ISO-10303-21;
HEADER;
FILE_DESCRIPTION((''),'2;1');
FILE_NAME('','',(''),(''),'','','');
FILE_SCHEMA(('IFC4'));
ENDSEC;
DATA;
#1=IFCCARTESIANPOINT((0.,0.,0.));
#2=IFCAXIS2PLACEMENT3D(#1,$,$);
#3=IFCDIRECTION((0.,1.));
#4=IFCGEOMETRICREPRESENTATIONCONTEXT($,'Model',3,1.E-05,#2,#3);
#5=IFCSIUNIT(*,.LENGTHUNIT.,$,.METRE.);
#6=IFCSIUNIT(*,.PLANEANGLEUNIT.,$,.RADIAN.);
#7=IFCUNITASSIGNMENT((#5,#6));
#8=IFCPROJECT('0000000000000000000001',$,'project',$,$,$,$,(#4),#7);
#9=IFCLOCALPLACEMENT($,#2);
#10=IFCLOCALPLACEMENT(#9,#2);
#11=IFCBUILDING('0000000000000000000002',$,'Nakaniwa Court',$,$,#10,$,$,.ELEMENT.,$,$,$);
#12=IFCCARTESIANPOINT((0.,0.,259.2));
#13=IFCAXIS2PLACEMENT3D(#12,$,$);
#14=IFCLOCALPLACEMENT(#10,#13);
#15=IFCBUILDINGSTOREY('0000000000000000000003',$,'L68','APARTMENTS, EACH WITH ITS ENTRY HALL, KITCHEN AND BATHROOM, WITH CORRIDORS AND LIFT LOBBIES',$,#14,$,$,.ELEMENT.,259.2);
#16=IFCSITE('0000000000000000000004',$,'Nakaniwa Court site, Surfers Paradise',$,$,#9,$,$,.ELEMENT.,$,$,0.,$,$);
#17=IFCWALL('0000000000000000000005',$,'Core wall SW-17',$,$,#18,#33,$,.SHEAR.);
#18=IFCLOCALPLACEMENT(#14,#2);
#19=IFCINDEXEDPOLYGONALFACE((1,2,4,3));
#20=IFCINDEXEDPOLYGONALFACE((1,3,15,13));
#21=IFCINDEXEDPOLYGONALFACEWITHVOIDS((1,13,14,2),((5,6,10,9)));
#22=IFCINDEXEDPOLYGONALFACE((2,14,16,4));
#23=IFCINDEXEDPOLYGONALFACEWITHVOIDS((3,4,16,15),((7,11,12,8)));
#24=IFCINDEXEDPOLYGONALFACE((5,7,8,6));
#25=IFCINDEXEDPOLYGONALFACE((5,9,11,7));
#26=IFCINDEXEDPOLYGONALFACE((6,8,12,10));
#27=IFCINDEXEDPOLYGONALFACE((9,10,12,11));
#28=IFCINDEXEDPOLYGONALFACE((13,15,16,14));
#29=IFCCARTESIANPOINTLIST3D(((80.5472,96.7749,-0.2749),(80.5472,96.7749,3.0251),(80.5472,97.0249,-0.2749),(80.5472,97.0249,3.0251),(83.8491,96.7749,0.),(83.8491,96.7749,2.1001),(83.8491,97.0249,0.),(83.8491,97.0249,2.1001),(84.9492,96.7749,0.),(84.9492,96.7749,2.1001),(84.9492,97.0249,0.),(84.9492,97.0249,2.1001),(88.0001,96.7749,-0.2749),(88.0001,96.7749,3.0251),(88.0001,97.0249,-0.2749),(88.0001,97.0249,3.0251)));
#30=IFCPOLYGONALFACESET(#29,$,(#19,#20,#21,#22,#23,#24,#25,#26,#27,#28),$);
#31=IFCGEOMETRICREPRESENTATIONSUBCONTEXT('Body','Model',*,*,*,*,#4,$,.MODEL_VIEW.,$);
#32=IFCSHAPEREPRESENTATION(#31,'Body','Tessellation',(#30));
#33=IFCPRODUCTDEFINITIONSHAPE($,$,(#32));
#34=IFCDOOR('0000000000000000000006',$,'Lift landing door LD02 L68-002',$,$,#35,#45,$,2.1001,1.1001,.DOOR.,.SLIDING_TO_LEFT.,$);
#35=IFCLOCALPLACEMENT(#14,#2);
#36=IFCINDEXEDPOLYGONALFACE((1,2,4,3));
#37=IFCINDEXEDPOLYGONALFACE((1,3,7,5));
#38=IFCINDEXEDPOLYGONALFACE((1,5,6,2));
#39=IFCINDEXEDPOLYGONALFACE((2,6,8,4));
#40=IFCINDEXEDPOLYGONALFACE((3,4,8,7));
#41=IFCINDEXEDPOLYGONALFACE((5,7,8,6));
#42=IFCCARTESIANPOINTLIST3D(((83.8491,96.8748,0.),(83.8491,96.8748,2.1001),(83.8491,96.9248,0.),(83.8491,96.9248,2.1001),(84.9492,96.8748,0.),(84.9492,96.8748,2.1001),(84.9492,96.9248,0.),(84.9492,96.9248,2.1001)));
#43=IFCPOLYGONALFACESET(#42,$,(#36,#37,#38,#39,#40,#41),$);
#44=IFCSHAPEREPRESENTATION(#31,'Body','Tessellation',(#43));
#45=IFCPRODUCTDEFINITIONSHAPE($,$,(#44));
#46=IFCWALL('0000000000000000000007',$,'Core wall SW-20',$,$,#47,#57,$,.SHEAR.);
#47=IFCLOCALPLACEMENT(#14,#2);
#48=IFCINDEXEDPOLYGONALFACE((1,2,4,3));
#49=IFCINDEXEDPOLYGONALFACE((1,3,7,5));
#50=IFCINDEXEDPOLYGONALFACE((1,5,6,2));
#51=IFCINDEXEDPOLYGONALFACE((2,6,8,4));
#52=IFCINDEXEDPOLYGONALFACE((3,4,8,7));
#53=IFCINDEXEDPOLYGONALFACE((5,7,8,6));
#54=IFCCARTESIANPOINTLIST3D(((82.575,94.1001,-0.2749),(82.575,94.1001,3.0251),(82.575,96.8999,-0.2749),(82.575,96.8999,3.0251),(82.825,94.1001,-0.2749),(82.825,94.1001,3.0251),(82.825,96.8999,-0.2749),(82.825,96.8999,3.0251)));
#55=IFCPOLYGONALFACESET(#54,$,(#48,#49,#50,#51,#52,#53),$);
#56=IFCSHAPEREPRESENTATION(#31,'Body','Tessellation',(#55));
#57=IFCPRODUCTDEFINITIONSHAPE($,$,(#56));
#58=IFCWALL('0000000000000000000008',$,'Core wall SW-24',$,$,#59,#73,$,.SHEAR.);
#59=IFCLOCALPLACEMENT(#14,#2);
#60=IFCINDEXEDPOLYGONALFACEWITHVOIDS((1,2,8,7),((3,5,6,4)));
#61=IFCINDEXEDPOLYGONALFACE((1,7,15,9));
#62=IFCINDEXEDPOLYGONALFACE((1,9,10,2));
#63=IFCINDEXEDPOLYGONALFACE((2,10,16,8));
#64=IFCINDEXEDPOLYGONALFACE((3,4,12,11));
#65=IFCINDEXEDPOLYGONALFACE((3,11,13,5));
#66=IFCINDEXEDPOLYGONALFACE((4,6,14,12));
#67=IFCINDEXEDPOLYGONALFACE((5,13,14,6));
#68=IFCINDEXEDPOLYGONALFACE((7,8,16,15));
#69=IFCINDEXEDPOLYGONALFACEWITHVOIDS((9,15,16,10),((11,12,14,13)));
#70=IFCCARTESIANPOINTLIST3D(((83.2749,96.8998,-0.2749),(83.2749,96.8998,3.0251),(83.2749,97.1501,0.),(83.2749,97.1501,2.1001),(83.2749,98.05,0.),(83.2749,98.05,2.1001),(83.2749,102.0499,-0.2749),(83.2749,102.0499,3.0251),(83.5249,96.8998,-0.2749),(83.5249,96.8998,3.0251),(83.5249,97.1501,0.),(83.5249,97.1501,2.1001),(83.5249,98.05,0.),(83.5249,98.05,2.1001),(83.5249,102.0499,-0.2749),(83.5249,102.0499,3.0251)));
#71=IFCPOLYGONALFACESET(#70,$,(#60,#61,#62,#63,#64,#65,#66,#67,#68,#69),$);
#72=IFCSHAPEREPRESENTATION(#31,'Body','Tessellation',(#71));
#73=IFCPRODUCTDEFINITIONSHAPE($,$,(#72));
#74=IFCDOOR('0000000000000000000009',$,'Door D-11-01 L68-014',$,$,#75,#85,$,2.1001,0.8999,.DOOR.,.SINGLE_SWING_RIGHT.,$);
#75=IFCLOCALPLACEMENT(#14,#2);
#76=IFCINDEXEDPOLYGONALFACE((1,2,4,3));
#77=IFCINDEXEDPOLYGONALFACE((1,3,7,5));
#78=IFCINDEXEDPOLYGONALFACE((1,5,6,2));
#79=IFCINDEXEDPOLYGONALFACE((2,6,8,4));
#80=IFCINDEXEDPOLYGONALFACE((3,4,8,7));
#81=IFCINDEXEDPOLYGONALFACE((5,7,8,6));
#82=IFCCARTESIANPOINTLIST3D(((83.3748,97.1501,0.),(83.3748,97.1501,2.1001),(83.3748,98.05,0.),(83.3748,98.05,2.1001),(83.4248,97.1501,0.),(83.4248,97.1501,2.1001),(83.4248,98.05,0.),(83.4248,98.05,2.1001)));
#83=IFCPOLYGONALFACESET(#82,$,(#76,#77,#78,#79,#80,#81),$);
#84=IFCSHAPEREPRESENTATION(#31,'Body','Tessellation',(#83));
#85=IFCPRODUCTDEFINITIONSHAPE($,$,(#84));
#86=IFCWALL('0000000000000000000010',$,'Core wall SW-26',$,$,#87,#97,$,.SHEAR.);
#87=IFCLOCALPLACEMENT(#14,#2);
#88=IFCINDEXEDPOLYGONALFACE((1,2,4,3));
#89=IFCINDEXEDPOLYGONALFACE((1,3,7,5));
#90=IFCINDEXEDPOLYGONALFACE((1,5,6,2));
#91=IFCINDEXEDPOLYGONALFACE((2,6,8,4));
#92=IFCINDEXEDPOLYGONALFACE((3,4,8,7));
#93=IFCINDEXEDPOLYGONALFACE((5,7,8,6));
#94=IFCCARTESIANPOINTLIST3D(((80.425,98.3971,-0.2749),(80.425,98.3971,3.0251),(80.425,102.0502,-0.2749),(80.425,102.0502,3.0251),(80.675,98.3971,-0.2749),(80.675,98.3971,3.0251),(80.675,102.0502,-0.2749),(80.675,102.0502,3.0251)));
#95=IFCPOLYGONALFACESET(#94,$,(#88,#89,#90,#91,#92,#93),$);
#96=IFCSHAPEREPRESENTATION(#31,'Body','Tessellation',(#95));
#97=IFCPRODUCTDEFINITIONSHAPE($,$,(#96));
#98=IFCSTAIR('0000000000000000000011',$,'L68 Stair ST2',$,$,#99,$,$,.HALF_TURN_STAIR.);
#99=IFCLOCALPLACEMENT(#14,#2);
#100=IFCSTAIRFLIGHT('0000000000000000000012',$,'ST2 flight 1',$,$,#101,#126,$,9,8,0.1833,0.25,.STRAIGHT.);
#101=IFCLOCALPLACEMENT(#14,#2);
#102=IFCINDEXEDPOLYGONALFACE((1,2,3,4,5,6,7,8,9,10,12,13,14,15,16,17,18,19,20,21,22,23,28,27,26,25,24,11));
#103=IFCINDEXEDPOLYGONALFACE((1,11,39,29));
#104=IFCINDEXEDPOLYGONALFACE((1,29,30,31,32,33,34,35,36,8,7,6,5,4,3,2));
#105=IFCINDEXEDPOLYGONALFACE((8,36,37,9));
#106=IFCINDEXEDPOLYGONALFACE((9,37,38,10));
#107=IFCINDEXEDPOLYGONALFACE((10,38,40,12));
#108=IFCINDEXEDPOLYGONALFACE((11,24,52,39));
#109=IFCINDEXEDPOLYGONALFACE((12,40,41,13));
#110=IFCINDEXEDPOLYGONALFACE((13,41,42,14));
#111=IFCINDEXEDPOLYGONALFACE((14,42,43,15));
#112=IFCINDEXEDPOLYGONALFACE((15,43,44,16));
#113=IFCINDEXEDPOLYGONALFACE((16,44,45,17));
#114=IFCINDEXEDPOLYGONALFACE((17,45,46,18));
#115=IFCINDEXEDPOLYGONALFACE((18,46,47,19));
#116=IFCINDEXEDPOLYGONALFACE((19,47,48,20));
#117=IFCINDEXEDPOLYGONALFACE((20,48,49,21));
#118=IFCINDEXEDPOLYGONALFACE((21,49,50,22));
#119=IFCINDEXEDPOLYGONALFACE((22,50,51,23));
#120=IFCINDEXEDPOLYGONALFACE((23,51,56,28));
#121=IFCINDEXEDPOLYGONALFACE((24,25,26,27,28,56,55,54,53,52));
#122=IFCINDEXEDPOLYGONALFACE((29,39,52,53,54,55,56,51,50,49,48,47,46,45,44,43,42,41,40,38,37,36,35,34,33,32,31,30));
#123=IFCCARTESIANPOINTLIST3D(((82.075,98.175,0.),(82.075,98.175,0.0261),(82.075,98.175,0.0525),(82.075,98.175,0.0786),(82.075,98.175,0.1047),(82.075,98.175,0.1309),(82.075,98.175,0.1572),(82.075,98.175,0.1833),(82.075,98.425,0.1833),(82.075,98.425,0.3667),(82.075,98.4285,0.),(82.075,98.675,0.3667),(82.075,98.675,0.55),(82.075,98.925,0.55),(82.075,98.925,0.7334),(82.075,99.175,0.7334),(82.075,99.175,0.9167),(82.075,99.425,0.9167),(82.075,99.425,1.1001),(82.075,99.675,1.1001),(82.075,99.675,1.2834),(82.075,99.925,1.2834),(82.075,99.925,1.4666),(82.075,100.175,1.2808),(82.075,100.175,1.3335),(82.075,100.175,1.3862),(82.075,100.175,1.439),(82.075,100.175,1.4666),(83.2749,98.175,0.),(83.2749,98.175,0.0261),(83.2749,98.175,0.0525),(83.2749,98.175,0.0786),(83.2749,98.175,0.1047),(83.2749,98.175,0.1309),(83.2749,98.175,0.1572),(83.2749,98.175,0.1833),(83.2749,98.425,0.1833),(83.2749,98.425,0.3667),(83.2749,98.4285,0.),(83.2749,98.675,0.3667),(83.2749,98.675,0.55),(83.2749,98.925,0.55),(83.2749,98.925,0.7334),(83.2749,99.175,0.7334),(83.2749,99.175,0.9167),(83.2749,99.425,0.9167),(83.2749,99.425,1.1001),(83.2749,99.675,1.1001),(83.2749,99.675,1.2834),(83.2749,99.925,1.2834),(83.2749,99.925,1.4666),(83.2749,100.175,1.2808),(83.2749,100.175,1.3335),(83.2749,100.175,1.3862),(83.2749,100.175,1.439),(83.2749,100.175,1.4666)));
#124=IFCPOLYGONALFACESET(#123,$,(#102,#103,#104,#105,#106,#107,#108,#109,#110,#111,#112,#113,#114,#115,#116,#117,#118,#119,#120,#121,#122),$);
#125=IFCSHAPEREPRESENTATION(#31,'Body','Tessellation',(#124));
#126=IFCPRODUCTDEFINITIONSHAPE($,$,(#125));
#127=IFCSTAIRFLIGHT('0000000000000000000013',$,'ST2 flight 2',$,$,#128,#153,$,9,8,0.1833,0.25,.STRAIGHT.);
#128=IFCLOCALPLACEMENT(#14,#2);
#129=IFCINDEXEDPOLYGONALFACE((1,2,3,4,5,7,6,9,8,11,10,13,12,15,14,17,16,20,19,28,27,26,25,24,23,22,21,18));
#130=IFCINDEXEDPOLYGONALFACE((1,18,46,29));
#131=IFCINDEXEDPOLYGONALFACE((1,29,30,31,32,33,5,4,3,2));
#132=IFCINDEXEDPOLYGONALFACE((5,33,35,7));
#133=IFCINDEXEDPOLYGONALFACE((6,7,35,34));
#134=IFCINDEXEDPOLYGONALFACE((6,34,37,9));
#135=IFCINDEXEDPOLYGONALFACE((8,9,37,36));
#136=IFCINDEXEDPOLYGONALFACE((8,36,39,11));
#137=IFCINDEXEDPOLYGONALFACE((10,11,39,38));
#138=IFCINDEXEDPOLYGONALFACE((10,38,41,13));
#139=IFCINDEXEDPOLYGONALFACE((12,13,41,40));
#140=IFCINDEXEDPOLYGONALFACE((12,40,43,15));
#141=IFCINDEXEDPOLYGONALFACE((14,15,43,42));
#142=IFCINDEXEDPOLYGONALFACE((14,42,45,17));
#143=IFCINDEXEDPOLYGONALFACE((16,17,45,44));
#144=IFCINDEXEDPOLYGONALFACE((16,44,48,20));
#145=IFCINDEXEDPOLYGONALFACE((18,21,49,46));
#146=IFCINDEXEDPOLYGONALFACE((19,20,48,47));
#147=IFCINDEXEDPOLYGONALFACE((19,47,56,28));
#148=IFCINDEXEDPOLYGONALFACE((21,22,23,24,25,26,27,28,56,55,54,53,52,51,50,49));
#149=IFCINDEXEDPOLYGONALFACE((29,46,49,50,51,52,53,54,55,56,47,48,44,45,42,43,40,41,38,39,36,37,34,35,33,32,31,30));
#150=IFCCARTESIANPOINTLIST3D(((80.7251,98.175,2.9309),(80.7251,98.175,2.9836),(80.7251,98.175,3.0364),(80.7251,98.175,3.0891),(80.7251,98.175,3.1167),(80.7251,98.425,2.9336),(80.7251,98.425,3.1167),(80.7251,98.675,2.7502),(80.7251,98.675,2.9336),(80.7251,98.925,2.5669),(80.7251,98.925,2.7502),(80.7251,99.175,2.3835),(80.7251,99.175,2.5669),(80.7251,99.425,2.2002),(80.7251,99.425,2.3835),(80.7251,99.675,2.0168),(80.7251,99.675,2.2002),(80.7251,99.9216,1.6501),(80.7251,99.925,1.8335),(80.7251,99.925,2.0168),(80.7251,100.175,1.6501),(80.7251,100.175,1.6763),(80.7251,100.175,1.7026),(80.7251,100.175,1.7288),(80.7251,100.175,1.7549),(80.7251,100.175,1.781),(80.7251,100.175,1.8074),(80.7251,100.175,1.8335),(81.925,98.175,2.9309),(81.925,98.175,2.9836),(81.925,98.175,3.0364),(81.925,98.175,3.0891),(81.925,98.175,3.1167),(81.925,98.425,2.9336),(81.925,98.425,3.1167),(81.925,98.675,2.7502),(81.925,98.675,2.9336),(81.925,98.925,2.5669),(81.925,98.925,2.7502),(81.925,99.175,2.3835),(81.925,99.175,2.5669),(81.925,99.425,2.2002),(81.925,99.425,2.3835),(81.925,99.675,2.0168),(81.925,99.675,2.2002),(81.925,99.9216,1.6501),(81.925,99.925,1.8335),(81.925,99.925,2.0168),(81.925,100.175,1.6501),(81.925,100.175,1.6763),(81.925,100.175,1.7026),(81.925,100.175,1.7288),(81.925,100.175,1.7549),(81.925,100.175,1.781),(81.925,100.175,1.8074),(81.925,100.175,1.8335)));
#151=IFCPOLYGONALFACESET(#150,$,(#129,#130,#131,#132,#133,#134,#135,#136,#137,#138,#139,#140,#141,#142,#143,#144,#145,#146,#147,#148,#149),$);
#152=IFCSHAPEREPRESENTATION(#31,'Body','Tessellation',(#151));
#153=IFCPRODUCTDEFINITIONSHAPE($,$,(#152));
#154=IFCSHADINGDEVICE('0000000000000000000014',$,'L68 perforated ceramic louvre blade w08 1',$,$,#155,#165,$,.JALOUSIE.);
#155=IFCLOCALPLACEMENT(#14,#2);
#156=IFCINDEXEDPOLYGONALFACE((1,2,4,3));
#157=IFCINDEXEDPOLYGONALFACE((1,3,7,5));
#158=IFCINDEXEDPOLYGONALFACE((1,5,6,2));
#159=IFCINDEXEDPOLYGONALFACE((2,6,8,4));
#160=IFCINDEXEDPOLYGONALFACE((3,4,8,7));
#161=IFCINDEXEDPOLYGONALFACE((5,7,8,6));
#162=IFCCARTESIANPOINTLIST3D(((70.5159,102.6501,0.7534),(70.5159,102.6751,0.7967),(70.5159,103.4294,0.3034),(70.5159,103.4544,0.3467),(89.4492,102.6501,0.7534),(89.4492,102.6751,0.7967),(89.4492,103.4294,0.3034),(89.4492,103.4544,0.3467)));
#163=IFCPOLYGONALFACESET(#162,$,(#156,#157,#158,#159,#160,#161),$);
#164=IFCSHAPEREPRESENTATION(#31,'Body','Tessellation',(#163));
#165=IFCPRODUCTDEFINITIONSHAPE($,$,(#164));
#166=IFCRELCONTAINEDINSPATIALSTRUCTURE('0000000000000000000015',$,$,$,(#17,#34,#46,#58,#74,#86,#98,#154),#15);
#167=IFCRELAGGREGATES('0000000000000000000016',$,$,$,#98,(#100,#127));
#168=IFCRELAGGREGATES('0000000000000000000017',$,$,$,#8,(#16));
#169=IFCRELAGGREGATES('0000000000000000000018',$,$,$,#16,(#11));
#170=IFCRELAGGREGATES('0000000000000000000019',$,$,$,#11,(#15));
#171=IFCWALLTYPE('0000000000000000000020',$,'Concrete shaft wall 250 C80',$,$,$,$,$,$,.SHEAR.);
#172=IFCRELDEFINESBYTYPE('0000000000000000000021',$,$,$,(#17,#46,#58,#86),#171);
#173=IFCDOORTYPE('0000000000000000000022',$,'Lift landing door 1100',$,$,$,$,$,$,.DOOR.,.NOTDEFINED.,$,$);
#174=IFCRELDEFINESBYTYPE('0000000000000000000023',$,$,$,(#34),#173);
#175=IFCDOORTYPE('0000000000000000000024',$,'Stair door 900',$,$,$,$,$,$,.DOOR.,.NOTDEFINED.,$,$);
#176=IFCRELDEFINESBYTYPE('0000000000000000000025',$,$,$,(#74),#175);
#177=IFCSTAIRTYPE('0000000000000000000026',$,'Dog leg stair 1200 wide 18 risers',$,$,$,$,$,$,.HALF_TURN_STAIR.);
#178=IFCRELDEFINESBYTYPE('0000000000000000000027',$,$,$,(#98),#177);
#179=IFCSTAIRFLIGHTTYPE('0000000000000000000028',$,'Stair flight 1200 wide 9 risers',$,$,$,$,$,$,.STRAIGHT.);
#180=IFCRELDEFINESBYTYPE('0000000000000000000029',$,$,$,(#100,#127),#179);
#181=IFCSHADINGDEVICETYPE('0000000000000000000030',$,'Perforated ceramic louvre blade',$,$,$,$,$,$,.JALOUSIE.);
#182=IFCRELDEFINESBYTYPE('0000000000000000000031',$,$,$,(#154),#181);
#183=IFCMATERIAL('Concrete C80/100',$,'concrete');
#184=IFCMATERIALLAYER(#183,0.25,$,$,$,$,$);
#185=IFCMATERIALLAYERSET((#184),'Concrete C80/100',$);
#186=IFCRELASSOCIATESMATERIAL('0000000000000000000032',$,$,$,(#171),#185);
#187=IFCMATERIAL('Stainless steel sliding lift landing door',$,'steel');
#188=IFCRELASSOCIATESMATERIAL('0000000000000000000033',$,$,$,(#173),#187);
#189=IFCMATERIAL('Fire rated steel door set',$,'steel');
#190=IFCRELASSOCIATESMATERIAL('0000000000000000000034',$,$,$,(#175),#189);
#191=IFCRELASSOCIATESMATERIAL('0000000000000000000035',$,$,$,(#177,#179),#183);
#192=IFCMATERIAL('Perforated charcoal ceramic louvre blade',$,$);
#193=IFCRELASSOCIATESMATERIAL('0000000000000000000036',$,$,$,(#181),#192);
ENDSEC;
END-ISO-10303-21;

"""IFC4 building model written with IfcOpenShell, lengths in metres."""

from ifc_helpers import new_model, si_unit, direction, frame, frame_2d, origin, origin_2d, place, context, subcontext, project, spatial, polyline, rectangle, outline, extrude, material, layer, layer_set, material_profile, profile_set, type_object, element, fill, aggregate, save


model = new_model("IFC4")

# Units and contexts
model_context = context("Model", 3, precision=1e-05, world=origin(), true_north=direction((0.0, 1.0)))
body_context = subcontext(model_context, "Body", "Model", "MODEL_VIEW")
ifc_project = project(units=[si_unit("LENGTHUNIT", "METRE"), si_unit("PLANEANGLEUNIT", "RADIAN")], contexts=[model_context])

# Site, building, storey
site_placement = place(None, origin())
site = spatial("IfcSite", under=ifc_project, at=site_placement, Name="Nakaniwa Court site, Surfers Paradise", CompositionType="ELEMENT", RefElevation=0.0)
building_placement = place(site_placement, origin())
building = spatial("IfcBuilding", under=site, at=building_placement, Name="Nakaniwa Court", CompositionType="ELEMENT")
storey_placement = place(building_placement, frame((0.0, 0.0, 259.2)))
storey = spatial("IfcBuildingStorey", under=building, at=storey_placement, Name="L68", Description="APARTMENTS, EACH WITH ITS ENTRY HALL, KITCHEN AND BATHROOM, WITH CORRIDORS AND LIFT LOBBIES", CompositionType="ELEMENT", Elevation=259.2)

# Shared definitions
ifc_material_1 = material(Name="Fire rated steel door set", Category="steel")

# Shared definitions
ifc_material_2 = material(Name="Concrete C80/100", Category="concrete")

# Shared definitions
ifc_layer_1 = layer(ifc_material_2, 0.25)
ifc_layer_set_1 = layer_set([ifc_layer_1], Name="Concrete C80/100")
wall_type_1 = type_object("IfcWallType", Name="Concrete shaft wall 250 C80", PredefinedType="SHEAR", material=ifc_layer_set_1)

# Wall, opening, door
wall_1_placement = place(storey_placement, frame((80.5471, 96.8999, -0.2749), z_axis=(0.0, 0.0, 1.0), x_axis=(1.0, 0.0, 0.0)))
wall_1 = element("IfcWall", 1, at=wall_1_placement, inside=storey, type_object=wall_type_1, Name="Core wall SW-17", PredefinedType="SHEAR", context=body_context, shape_type="SweptSolid", body=[
    extrude(rectangle(XDim=7.4529, YDim=0.25, at=frame_2d((3.7266, 0.0))), origin(), (0.0, 0.0, 1.0), 3.3),
])
opening_1_placement = place(wall_1_placement, frame((3.302, 0.0, 0.2749)))
opening_1 = element("IfcOpeningElement", 2, at=opening_1_placement, cuts=wall_1, PredefinedType="OPENING", context=body_context, shape_type="SweptSolid", body=[
    extrude(rectangle(XDim=1.1001, YDim=2.1001, at=frame_2d((0.55, 1.05))), frame((0.0, 0.135, 0.0), z_axis=(0.0, -1.0, 0.0), x_axis=(1.0, 0.0, 0.0)), (0.0, 0.0, 1.0), 0.27),
])
ifc_material_3 = material(Name="Stainless steel sliding lift landing door", Category="steel")
door_type_1 = type_object("IfcDoorType", Name="Lift landing door 1100", OperationType="NOTDEFINED", PredefinedType="DOOR", material=ifc_material_3)
door_1_placement = place(opening_1_placement, origin())
door_1 = element("IfcDoor", 3, at=door_1_placement, inside=storey, type_object=door_type_1, Name="Lift landing door LD02 L68-002", OperationType="SLIDING_TO_LEFT", OverallHeight=2.1001, OverallWidth=1.1001, PredefinedType="DOOR", context=body_context, shape_type="SweptSolid", body=[
    extrude(rectangle(XDim=1.1001, YDim=2.1001, at=frame_2d((0.55, 1.05))), frame((0.0, 0.0249, 0.0), z_axis=(0.0, -1.0, 0.0), x_axis=(1.0, 0.0, 0.0)), (0.0, 0.0, 1.0), 0.05),
])
fill(opening_1, door_1)

# Wall
wall_2_placement = place(storey_placement, frame((82.7, 94.1001, -0.2749), z_axis=(0.0, 0.0, 1.0), x_axis=(0.0, 1.0, 0.0)))
element("IfcWall", 4, at=wall_2_placement, inside=storey, type_object=wall_type_1, Name="Core wall SW-20", PredefinedType="SHEAR", context=body_context, shape_type="SweptSolid", body=[
    extrude(rectangle(XDim=2.7998, YDim=0.25, at=frame_2d((1.3999, 0.0))), origin(), (0.0, 0.0, 1.0), 3.3),
])

# Wall, opening, door
wall_3_placement = place(storey_placement, frame((83.3999, 102.05, -0.2749), z_axis=(0.0, 0.0, 1.0), x_axis=(0.0, -1.0, 0.0)))
wall_3 = element("IfcWall", 5, at=wall_3_placement, inside=storey, type_object=wall_type_1, Name="Core wall SW-24", PredefinedType="SHEAR", context=body_context, shape_type="SweptSolid", body=[
    extrude(rectangle(XDim=5.1501, YDim=0.25, at=frame_2d((2.5752, 0.0))), origin(), (0.0, 0.0, 1.0), 3.3),
])
opening_2_placement = place(wall_3_placement, frame((4.0, 0.0, 0.2749)))
opening_2 = element("IfcOpeningElement", 6, at=opening_2_placement, cuts=wall_3, PredefinedType="OPENING", context=body_context, shape_type="SweptSolid", body=[
    extrude(rectangle(XDim=0.8999, YDim=2.1001, at=frame_2d((0.45, 1.05))), frame((0.0, 0.135, 0.0), z_axis=(0.0, -1.0, 0.0), x_axis=(1.0, 0.0, 0.0)), (0.0, 0.0, 1.0), 0.27),
])
door_type_2 = type_object("IfcDoorType", Name="Stair door 900", OperationType="NOTDEFINED", PredefinedType="DOOR", material=ifc_material_1)
door_2_placement = place(opening_2_placement, origin())
door_2 = element("IfcDoor", 7, at=door_2_placement, inside=storey, type_object=door_type_2, Name="Door D-11-01 L68-014", OperationType="SINGLE_SWING_RIGHT", OverallHeight=2.1001, OverallWidth=0.8999, PredefinedType="DOOR", context=body_context, shape_type="SweptSolid", body=[
    extrude(rectangle(XDim=0.8999, YDim=2.1001, at=frame_2d((0.45, 1.05))), frame((0.0, 0.0249, 0.0), z_axis=(0.0, -1.0, 0.0), x_axis=(1.0, 0.0, 0.0)), (0.0, 0.0, 1.0), 0.05),
])
fill(opening_2, door_2)

# Wall
wall_4_placement = place(storey_placement, frame((80.55, 98.397, -0.2749), z_axis=(0.0, 0.0, 1.0), x_axis=(0.0, 1.0, 0.0)))
element("IfcWall", 8, at=wall_4_placement, inside=storey, type_object=wall_type_1, Name="Core wall SW-26", PredefinedType="SHEAR", context=body_context, shape_type="SweptSolid", body=[
    extrude(rectangle(XDim=3.6531, YDim=0.25, at=frame_2d((1.8267, 0.0))), origin(), (0.0, 0.0, 1.0), 3.3),
])

# Stair, stair flights
stair_type = type_object("IfcStairType", Name="Dog leg stair 1200 wide 18 risers", PredefinedType="HALF_TURN_STAIR", material=ifc_material_2)
stair_placement = place(storey_placement, origin())
stair = element("IfcStair", 9, at=stair_placement, inside=storey, type_object=stair_type, Name="L68 Stair ST2", PredefinedType="HALF_TURN_STAIR")
stair_flight_type = type_object("IfcStairFlightType", Name="Stair flight 1200 wide 9 risers", PredefinedType="STRAIGHT", material=ifc_material_2)
stair_flight_1_placement = place(storey_placement, frame((82.675, 98.175, 0.0), z_axis=(0.0, 0.0, 1.0), x_axis=(0.0, 1.0, 0.0)))
stair_flight_1 = element("IfcStairFlight", 10, at=stair_flight_1_placement, type_object=stair_flight_type, Name="ST2 flight 1", NumberOfRisers=9, NumberOfTreads=8, PredefinedType="STRAIGHT", RiserHeight=0.1833, TreadLength=0.25, context=body_context, shape_type="SweptSolid", body=[
    extrude(outline(polyline([(0.0, 0.0), (0.0, 0.0261), (0.0, 0.0525), (0.0, 0.0786), (0.0, 0.1047), (0.0, 0.1309), (0.0, 0.1572), (0.0, 0.1833), (0.25, 0.1833), (0.25, 0.3667), (0.5, 0.3667), (0.5, 0.55), (0.75, 0.55), (0.75, 0.7334), (1.0, 0.7334), (1.0, 0.9167), (1.25, 0.9167), (1.25, 1.1001), (1.5, 1.1001), (1.5, 1.2834), (1.75, 1.2834), (1.75, 1.4666), (2.0, 1.4666), (2.0, 1.6499), (2.0, 1.5972), (2.0, 1.5444), (2.0, 1.4917), (2.0, 1.439), (2.0, 1.3862), (2.0, 1.3335), (2.0, 1.2808), (0.2534, 0.0), (0.0, 0.0)])), frame((0.0, 0.6001, 0.0), z_axis=(0.0, -1.0, 0.0), x_axis=(1.0, 0.0, 0.0)), (0.0, 0.0, 1.0), 1.2),
])
stair_flight_2_placement = place(storey_placement, frame((81.325, 100.175, 1.6501), z_axis=(0.0, 0.0, 1.0), x_axis=(0.0, -1.0, 0.0)))
stair_flight_2 = element("IfcStairFlight", 11, at=stair_flight_2_placement, type_object=stair_flight_type, Name="ST2 flight 2", NumberOfRisers=9, NumberOfTreads=8, PredefinedType="STRAIGHT", RiserHeight=0.1833, TreadLength=0.25, context=body_context, shape_type="SweptSolid", body=[
    extrude(outline(polyline([(0.0, 0.0), (0.0, 0.0261), (0.0, 0.0525), (0.0, 0.0786), (0.0, 0.1047), (0.0, 0.1309), (0.0, 0.1572), (0.0, 0.1833), (0.25, 0.1833), (0.25, 0.3667), (0.5, 0.3667), (0.5, 0.55), (0.75, 0.55), (0.75, 0.7334), (1.0, 0.7334), (1.0, 0.9167), (1.25, 0.9167), (1.25, 1.1001), (1.5, 1.1001), (1.5, 1.2834), (1.75, 1.2834), (1.75, 1.4666), (2.0, 1.4666), (2.0, 1.6499), (2.0, 1.5972), (2.0, 1.5444), (2.0, 1.4917), (2.0, 1.439), (2.0, 1.3862), (2.0, 1.3335), (2.0, 1.2808), (0.2534, 0.0), (0.0, 0.0)])), frame((0.0, 0.6001, 0.0), z_axis=(0.0, -1.0, 0.0), x_axis=(1.0, 0.0, 0.0)), (0.0, 0.0, 1.0), 1.2),
])
aggregate(stair, [stair_flight_1, stair_flight_2])

# Shading device
ifc_material_4 = material(Name="Perforated charcoal ceramic louvre blade")
ifc_material_profile = material_profile(ifc_material_4, rectangle(XDim=0.8999, YDim=0.05, at=origin_2d()), Name="Perforated ceramic louvre blade")
ifc_profile_set = profile_set([ifc_material_profile], Name="Perforated charcoal ceramic louvre blade")
shading_device_type = type_object("IfcShadingDeviceType", Name="Perforated ceramic louvre blade", PredefinedType="JALOUSIE", material=ifc_profile_set)
for number, where, z_axis, x_axis, name in (
    (12, (89.4492, 103.0522, 0.55), (-1.0, 0.0, 0.0), (0.0, -0.866025, 0.5), "L68 perforated ceramic louvre blade w08 1"),
):
    element("IfcShadingDevice", number, at=place(storey_placement, frame(where, z_axis=z_axis, x_axis=x_axis)), inside=storey, type_object=shading_device_type, Name=name, PredefinedType="JALOUSIE", context=body_context, shape_type="SweptSolid", body=[
        extrude(rectangle(XDim=0.8999, YDim=0.05, at=origin_2d()), origin(), (0.0, 0.0, 1.0), 18.9333),
    ])

save(model, "model.ifc")
